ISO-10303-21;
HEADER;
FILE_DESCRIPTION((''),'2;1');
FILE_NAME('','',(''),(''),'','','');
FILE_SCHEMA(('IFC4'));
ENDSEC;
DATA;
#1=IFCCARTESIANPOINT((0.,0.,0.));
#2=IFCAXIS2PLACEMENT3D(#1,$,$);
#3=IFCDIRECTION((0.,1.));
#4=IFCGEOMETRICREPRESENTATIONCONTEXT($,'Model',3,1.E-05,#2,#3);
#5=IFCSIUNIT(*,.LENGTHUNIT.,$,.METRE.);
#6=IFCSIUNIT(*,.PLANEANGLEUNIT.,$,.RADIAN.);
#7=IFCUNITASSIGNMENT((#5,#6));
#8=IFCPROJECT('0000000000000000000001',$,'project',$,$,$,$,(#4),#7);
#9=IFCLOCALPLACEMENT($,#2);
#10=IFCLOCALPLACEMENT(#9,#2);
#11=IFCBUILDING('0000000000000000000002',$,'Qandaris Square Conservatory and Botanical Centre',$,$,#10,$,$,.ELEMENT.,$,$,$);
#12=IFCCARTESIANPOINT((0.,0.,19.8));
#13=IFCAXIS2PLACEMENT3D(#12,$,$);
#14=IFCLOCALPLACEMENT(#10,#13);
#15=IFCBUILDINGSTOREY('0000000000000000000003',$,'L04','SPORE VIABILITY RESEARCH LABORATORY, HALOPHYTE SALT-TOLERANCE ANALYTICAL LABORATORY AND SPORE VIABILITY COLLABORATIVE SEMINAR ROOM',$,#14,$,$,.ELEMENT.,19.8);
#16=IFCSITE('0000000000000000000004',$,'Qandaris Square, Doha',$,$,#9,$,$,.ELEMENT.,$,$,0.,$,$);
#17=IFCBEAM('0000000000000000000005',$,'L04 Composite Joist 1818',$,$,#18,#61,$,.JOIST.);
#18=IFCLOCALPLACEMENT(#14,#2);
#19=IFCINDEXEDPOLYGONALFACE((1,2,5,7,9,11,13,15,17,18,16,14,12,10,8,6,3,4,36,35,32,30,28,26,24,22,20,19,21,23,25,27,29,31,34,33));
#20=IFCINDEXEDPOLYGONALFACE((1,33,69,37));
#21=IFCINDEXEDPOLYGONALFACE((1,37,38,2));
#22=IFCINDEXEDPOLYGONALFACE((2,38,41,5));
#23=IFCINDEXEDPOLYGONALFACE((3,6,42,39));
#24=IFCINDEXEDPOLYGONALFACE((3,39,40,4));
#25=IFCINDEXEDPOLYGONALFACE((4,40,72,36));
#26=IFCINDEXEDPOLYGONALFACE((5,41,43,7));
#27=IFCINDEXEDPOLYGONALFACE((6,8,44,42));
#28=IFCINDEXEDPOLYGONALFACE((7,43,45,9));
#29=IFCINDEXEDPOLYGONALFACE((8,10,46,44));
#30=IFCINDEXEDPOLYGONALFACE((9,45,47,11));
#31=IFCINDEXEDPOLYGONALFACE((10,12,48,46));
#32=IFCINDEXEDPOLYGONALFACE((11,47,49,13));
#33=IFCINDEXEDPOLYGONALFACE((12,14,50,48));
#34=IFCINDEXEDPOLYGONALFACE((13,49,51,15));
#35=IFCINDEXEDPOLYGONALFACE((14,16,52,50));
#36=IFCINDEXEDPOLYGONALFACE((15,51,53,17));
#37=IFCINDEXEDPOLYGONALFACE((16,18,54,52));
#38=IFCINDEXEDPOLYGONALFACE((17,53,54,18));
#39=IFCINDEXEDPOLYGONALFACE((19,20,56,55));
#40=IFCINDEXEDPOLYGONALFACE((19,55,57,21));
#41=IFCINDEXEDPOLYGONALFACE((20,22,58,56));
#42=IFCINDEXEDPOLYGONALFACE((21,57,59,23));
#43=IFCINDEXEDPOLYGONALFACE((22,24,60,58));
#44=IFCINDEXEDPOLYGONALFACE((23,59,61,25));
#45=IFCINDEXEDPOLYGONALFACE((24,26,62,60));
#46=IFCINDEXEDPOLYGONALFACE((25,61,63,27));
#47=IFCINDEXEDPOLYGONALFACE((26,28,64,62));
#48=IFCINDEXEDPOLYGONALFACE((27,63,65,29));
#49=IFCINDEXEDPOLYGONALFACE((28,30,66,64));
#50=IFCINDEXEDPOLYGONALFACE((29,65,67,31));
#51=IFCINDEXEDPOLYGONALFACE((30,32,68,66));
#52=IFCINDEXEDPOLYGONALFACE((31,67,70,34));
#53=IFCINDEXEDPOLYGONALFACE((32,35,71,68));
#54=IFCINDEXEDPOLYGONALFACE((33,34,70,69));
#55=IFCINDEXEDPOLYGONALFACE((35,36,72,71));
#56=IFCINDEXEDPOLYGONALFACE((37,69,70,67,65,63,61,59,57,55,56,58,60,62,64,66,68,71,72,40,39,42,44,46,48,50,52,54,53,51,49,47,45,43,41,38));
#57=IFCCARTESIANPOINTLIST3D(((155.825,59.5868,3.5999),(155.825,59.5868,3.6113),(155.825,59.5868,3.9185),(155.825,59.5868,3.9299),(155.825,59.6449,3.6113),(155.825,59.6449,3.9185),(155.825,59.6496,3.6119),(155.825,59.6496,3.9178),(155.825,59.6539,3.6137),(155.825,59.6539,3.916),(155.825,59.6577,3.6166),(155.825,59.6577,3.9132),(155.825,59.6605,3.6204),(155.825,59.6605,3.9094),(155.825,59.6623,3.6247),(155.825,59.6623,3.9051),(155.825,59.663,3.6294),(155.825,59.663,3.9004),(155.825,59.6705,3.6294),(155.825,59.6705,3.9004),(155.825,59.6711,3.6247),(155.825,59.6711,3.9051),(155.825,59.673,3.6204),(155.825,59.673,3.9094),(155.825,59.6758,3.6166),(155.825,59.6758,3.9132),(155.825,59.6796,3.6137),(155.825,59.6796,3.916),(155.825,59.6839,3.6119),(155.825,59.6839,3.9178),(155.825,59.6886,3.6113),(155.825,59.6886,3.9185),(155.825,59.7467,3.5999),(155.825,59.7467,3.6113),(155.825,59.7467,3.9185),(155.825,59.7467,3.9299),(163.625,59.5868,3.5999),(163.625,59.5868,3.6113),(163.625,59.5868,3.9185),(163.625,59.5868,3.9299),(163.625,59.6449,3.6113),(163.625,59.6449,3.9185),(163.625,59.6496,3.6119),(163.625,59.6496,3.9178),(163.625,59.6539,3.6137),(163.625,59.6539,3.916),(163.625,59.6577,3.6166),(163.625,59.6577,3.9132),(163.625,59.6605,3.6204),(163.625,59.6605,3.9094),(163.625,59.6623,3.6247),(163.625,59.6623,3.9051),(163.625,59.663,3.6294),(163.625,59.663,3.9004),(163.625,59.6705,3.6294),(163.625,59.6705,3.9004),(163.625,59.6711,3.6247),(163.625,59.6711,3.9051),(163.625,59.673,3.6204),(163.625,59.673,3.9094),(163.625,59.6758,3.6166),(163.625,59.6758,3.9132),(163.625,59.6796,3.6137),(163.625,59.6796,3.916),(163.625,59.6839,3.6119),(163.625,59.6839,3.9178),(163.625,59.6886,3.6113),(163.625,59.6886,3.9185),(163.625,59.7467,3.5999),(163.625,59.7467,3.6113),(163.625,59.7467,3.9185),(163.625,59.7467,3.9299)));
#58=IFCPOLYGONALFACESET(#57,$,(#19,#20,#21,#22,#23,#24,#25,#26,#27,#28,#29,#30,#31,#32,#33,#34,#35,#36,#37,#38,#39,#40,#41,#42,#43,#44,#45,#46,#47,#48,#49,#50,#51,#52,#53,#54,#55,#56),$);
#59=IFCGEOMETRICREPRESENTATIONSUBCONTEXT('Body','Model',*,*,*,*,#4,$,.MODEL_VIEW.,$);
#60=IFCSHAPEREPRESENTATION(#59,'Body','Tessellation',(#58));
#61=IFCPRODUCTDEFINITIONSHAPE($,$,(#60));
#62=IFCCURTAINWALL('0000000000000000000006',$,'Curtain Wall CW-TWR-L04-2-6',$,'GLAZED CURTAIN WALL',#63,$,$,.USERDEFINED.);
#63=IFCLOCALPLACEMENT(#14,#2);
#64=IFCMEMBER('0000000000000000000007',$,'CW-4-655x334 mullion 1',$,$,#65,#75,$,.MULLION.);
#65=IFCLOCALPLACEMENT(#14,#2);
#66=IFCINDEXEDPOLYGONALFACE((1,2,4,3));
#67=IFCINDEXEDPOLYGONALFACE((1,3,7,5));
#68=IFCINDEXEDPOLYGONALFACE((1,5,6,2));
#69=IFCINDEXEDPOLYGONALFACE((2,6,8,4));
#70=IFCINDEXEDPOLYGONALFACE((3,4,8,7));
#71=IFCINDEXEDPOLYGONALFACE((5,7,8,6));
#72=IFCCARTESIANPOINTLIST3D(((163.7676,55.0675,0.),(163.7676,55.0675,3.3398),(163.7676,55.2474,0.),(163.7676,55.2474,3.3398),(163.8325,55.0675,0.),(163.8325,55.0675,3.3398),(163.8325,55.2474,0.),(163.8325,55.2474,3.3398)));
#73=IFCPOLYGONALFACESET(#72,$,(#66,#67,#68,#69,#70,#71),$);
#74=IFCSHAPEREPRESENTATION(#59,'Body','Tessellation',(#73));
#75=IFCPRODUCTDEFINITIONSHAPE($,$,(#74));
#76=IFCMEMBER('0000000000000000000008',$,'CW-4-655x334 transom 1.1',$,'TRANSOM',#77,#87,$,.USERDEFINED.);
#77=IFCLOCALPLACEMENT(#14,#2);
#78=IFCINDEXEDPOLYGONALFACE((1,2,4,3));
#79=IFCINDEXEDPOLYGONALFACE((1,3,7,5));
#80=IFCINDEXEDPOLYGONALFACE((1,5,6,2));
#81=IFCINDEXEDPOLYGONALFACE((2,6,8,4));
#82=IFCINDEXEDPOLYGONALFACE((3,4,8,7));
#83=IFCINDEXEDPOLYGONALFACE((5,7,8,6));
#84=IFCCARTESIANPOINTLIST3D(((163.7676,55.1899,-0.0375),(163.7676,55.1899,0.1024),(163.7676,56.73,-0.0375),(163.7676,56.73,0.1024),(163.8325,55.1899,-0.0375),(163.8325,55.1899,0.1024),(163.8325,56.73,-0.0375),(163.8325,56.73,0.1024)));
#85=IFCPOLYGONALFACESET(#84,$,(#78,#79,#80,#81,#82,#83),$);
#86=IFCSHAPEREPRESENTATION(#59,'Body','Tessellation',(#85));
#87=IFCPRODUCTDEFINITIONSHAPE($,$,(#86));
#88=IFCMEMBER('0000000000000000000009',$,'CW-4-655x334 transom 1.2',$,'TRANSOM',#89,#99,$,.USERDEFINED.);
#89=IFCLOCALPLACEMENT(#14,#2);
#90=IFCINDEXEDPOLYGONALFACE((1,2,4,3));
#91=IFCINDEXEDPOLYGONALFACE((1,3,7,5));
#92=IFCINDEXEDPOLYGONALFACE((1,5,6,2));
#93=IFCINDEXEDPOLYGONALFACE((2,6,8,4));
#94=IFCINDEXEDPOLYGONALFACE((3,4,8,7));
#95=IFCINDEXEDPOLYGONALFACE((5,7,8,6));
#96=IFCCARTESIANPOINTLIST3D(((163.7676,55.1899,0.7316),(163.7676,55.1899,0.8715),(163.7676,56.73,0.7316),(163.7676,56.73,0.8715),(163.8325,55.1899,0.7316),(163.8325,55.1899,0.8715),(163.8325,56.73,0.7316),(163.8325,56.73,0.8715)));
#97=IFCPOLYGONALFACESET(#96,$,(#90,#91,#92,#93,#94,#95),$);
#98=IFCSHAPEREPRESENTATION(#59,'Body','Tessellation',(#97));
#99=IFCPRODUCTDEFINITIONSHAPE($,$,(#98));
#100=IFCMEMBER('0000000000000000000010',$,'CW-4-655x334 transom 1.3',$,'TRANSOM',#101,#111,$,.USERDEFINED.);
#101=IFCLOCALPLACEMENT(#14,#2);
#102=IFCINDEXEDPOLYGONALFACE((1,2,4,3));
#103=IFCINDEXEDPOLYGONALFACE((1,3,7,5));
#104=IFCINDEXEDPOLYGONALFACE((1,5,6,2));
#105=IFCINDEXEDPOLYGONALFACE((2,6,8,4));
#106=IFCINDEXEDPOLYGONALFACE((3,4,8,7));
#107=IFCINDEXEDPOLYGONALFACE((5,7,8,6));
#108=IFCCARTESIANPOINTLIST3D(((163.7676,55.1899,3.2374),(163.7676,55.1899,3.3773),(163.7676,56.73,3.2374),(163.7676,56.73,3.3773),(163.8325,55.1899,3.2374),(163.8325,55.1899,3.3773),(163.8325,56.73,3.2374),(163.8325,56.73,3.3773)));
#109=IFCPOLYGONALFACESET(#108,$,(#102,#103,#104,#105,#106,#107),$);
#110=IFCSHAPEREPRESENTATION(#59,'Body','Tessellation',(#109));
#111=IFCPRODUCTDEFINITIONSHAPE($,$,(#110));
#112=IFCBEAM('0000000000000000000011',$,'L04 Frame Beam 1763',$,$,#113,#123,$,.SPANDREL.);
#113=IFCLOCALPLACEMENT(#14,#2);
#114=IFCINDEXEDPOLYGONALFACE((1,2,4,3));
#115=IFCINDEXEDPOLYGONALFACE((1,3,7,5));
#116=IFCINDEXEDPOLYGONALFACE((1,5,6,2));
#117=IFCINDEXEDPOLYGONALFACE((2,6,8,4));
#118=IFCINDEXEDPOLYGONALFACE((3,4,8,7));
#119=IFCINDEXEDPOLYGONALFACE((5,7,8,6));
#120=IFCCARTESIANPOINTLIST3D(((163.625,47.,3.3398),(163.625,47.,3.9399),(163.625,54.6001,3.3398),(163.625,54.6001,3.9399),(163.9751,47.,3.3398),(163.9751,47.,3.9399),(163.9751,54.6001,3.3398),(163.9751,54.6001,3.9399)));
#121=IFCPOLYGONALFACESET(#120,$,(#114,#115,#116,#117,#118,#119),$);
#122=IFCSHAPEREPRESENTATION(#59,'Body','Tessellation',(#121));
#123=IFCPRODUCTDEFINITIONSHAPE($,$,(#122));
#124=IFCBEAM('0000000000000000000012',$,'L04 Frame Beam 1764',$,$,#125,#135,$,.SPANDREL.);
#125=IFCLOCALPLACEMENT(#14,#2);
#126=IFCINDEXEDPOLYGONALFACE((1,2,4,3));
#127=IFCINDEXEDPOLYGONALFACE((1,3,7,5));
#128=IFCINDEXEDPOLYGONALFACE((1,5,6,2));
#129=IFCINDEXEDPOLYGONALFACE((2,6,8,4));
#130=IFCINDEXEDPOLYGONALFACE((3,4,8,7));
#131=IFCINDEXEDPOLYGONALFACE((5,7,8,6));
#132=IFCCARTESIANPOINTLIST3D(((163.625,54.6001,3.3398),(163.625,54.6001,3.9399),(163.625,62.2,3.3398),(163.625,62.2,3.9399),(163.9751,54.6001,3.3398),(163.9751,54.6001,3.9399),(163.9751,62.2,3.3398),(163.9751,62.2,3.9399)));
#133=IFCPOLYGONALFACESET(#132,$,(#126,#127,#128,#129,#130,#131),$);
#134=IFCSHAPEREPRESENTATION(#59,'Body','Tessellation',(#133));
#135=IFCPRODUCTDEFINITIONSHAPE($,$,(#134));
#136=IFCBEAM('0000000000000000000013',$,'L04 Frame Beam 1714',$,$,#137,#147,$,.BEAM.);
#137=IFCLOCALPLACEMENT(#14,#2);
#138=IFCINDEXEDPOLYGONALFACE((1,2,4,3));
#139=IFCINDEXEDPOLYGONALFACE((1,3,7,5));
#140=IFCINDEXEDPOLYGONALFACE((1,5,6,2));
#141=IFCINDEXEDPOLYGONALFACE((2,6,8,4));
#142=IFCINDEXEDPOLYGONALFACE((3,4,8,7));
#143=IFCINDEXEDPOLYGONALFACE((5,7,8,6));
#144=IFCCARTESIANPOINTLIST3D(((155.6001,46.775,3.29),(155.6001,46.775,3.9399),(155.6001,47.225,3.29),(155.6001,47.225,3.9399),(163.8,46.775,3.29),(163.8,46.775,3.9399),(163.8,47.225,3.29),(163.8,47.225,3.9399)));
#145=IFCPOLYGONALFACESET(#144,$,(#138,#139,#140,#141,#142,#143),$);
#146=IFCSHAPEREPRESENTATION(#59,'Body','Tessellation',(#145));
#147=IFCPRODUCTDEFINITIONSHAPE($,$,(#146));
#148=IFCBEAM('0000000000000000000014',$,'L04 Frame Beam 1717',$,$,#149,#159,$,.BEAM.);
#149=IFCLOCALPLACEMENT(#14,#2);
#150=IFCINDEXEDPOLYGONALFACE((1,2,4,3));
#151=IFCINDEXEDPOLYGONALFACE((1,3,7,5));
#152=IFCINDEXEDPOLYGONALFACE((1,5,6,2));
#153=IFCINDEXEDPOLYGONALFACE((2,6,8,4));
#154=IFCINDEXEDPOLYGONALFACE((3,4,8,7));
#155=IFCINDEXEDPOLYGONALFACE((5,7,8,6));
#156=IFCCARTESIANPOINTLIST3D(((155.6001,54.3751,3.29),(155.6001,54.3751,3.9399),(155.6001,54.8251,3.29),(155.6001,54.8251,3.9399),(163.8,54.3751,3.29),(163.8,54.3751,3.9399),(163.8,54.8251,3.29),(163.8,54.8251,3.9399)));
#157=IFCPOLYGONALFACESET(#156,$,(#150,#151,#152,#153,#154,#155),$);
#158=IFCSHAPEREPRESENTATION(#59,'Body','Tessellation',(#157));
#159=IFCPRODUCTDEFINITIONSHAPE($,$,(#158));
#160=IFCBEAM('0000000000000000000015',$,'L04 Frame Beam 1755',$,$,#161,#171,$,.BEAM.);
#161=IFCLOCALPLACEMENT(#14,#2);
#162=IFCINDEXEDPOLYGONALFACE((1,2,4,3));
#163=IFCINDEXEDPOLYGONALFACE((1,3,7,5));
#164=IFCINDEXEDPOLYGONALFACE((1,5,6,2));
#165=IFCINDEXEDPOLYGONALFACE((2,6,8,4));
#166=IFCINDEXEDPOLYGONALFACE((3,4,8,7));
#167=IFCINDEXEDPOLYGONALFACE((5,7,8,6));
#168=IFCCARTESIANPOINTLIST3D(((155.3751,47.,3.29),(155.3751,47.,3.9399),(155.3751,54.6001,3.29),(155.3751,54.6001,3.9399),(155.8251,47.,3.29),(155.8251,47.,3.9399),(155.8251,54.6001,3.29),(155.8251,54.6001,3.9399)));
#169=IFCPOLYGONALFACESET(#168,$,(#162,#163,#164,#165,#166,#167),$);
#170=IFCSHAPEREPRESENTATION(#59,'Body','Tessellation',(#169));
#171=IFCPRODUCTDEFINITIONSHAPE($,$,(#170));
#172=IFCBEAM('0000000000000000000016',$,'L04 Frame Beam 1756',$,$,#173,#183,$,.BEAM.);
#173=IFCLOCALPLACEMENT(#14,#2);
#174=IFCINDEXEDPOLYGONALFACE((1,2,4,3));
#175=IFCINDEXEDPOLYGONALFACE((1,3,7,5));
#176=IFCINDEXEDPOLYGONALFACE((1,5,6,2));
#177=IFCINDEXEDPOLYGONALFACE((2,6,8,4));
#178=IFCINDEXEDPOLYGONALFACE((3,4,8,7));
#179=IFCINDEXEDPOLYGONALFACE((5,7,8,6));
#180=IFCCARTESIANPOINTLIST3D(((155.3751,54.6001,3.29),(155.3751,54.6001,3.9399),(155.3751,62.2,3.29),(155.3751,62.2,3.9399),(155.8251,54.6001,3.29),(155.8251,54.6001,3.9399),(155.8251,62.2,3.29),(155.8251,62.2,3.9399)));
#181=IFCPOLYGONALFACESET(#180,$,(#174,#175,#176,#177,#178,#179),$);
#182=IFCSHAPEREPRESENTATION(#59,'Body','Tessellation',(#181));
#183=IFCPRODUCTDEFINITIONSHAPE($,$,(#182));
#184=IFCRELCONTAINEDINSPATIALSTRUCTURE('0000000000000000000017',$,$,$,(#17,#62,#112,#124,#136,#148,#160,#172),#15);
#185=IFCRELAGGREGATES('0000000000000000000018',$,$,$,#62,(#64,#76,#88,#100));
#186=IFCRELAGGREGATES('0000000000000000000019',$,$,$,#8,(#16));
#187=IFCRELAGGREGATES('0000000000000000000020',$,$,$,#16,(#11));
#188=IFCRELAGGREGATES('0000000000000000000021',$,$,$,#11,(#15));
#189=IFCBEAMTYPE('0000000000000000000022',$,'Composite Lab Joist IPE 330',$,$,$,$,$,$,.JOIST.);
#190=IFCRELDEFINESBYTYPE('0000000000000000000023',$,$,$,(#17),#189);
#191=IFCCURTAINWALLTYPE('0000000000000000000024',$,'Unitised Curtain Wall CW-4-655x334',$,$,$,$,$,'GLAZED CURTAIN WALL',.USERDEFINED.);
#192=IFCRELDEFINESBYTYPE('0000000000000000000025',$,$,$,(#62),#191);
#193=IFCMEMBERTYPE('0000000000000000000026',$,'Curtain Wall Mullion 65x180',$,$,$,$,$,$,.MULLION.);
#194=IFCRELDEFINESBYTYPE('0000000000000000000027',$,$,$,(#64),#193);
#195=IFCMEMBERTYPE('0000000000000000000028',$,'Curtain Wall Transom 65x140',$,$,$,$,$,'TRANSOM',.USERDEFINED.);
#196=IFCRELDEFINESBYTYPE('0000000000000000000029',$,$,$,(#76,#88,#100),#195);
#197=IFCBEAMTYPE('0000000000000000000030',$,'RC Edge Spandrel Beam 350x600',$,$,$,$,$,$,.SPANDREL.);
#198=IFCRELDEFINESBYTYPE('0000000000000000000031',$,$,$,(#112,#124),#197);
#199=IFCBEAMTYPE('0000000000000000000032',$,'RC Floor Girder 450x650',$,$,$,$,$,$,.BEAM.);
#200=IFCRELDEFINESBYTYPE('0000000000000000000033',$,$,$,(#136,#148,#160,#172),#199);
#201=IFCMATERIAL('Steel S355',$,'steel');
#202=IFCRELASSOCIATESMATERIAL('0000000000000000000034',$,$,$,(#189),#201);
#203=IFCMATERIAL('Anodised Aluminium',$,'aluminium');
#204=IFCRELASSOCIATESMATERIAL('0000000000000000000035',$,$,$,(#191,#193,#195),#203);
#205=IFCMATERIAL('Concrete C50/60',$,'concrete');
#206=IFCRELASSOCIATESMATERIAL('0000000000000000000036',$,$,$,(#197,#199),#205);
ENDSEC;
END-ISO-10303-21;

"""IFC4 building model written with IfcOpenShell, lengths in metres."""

from ifc_helpers import new_model, si_unit, direction, frame, origin, origin_2d, place, context, subcontext, project, spatial, rectangle, i_section, extrude, material, material_profile, profile_set, type_object, element, aggregate, save


model = new_model("IFC4")

# Units and contexts
model_context = context("Model", 3, precision=1e-05, world=origin(), true_north=direction((0.0, 1.0)))
body_context = subcontext(model_context, "Body", "Model", "MODEL_VIEW")
ifc_project = project(units=[si_unit("LENGTHUNIT", "METRE"), si_unit("PLANEANGLEUNIT", "RADIAN")], contexts=[model_context])

# Site, building, storey
site_placement = place(None, origin())
site = spatial("IfcSite", under=ifc_project, at=site_placement, Name="Qandaris Square, Doha", CompositionType="ELEMENT", RefElevation=0.0)
building_placement = place(site_placement, origin())
building = spatial("IfcBuilding", under=site, at=building_placement, Name="Qandaris Square Conservatory and Botanical Centre", CompositionType="ELEMENT")
storey_placement = place(building_placement, frame((0.0, 0.0, 19.8)))
storey = spatial("IfcBuildingStorey", under=building, at=storey_placement, Name="L04", Description="SPORE VIABILITY RESEARCH LABORATORY, HALOPHYTE SALT-TOLERANCE ANALYTICAL LABORATORY AND SPORE VIABILITY COLLABORATIVE SEMINAR ROOM", CompositionType="ELEMENT", Elevation=19.8)

# Shared definitions
ifc_material_1 = material(Name="Concrete C50/60", Category="concrete")

# Beam
ifc_material_2 = material(Name="Steel S355", Category="steel")
ifc_material_profile_1 = material_profile(ifc_material_2, i_section(OverallWidth=0.1599, OverallDepth=0.3301, WebThickness=0.0076, FlangeThickness=0.0115, FilletRadius=0.0181, at=origin_2d()), Name="IPE 330")
ifc_profile_set_1 = profile_set([ifc_material_profile_1], Name="Steel S355")
beam_type_1 = type_object("IfcBeamType", Name="Composite Lab Joist IPE 330", PredefinedType="JOIST", material=ifc_profile_set_1)
beam_1_placement = place(storey_placement, frame((155.825, 59.6667, 3.7649), z_axis=(1.0, 0.0, 0.0), x_axis=(0.0, 1.0, 0.0)))
element("IfcBeam", 1, at=beam_1_placement, inside=storey, type_object=beam_type_1, Name="L04 Composite Joist 1818", PredefinedType="JOIST", context=body_context, shape_type="SweptSolid", body=[
    extrude(i_section(OverallWidth=0.1599, OverallDepth=0.3301, WebThickness=0.0076, FlangeThickness=0.0115, FilletRadius=0.0181, at=origin_2d()), origin(), (0.0, 0.0, 1.0), 7.8),
])

# Curtain wall, members
ifc_material_3 = material(Name="Anodised Aluminium", Category="aluminium")
curtain_wall_type = type_object("IfcCurtainWallType", Name="Unitised Curtain Wall CW-4-655x334", ElementType="GLAZED CURTAIN WALL", PredefinedType="USERDEFINED", material=ifc_material_3)
curtain_wall_placement = place(storey_placement, origin())
curtain_wall = element("IfcCurtainWall", 2, at=curtain_wall_placement, inside=storey, type_object=curtain_wall_type, Name="Curtain Wall CW-TWR-L04-2-6", ObjectType="GLAZED CURTAIN WALL", PredefinedType="USERDEFINED")
ifc_material_profile_2 = material_profile(ifc_material_3, rectangle(XDim=0.0649, YDim=0.1799, at=origin_2d()), Name="ALU-MUL 65x180")
ifc_profile_set_2 = profile_set([ifc_material_profile_2], Name="Anodised Aluminium")
member_type_1 = type_object("IfcMemberType", Name="Curtain Wall Mullion 65x180", PredefinedType="MULLION", material=ifc_profile_set_2)
member_1_placement = place(storey_placement, frame((163.8, 55.1575, 0.0), z_axis=(0.0, 0.0, 1.0), x_axis=(-1.0, 0.0, 0.0)))
member_1 = element("IfcMember", 3, at=member_1_placement, type_object=member_type_1, Name="CW-4-655x334 mullion 1", PredefinedType="MULLION", context=body_context, shape_type="SweptSolid", body=[
    extrude(rectangle(XDim=0.0649, YDim=0.1799, at=origin_2d()), origin(), (0.0, 0.0, 1.0), 3.3398),
])
ifc_material_profile_3 = material_profile(ifc_material_3, rectangle(XDim=0.0649, YDim=0.1399, at=origin_2d()), Name="ALU-TRN 65x140")
ifc_profile_set_3 = profile_set([ifc_material_profile_3], Name="Anodised Aluminium")
member_type_2 = type_object("IfcMemberType", Name="Curtain Wall Transom 65x140", ElementType="TRANSOM", PredefinedType="USERDEFINED", material=ifc_profile_set_3)
member_2_placement = place(storey_placement, frame((163.8, 55.1899, 0.0325), z_axis=(0.0, 1.0, 0.0), x_axis=(-1.0, 0.0, 0.0)))
member_2 = element("IfcMember", 4, at=member_2_placement, type_object=member_type_2, Name="CW-4-655x334 transom 1.1", ObjectType="TRANSOM", PredefinedType="USERDEFINED", context=body_context, shape_type="SweptSolid", body=[
    extrude(rectangle(XDim=0.0649, YDim=0.1399, at=origin_2d()), origin(), (0.0, 0.0, 1.0), 1.54),
])
member_3_placement = place(storey_placement, frame((163.8, 55.1899, 0.8015), z_axis=(0.0, 1.0, 0.0), x_axis=(-1.0, 0.0, 0.0)))
member_3 = element("IfcMember", 5, at=member_3_placement, type_object=member_type_2, Name="CW-4-655x334 transom 1.2", ObjectType="TRANSOM", PredefinedType="USERDEFINED", context=body_context, shape_type="SweptSolid", body=[
    extrude(rectangle(XDim=0.0649, YDim=0.1399, at=origin_2d()), origin(), (0.0, 0.0, 1.0), 1.54),
])
member_4_placement = place(storey_placement, frame((163.8, 55.1899, 3.3074), z_axis=(0.0, 1.0, 0.0), x_axis=(-1.0, 0.0, 0.0)))
member_4 = element("IfcMember", 6, at=member_4_placement, type_object=member_type_2, Name="CW-4-655x334 transom 1.3", ObjectType="TRANSOM", PredefinedType="USERDEFINED", context=body_context, shape_type="SweptSolid", body=[
    extrude(rectangle(XDim=0.0649, YDim=0.1399, at=origin_2d()), origin(), (0.0, 0.0, 1.0), 1.54),
])

# Beams
ifc_material_profile_4 = material_profile(ifc_material_1, rectangle(XDim=0.3501, YDim=0.6001, at=origin_2d()), Name="RC-SP 350x600")
ifc_profile_set_4 = profile_set([ifc_material_profile_4], Name="Concrete C50/60")
beam_type_2 = type_object("IfcBeamType", Name="RC Edge Spandrel Beam 350x600", PredefinedType="SPANDREL", material=ifc_profile_set_4)
beam_2_placement = place(storey_placement, frame((163.8, 47.0, 3.6399), z_axis=(0.0, 1.0, 0.0), x_axis=(-1.0, 0.0, 0.0)))
element("IfcBeam", 7, at=beam_2_placement, inside=storey, type_object=beam_type_2, Name="L04 Frame Beam 1763", PredefinedType="SPANDREL", context=body_context, shape_type="SweptSolid", body=[
    extrude(rectangle(XDim=0.3501, YDim=0.6001, at=origin_2d()), origin(), (0.0, 0.0, 1.0), 7.6001),
])
beam_3_placement = place(storey_placement, frame((163.8, 54.6001, 3.6399), z_axis=(0.0, 1.0, 0.0), x_axis=(-1.0, 0.0, 0.0)))
element("IfcBeam", 8, at=beam_3_placement, inside=storey, type_object=beam_type_2, Name="L04 Frame Beam 1764", PredefinedType="SPANDREL", context=body_context, shape_type="SweptSolid", body=[
    extrude(rectangle(XDim=0.3501, YDim=0.6001, at=origin_2d()), origin(), (0.0, 0.0, 1.0), 7.5999),
])
ifc_material_profile_5 = material_profile(ifc_material_1, rectangle(XDim=0.45, YDim=0.6499, at=origin_2d()), Name="RC-BM 450x650")
ifc_profile_set_5 = profile_set([ifc_material_profile_5], Name="Concrete C50/60")
beam_type_3 = type_object("IfcBeamType", Name="RC Floor Girder 450x650", PredefinedType="BEAM", material=ifc_profile_set_5)
for number, where, z_axis, x_axis, name in (
    (9, (155.6001, 47.0, 3.615), (1.0, 0.0, 0.0), (0.0, 1.0, 0.0), "L04 Frame Beam 1714"),
    (10, (155.6001, 54.6001, 3.615), (1.0, 0.0, 0.0), (0.0, 1.0, 0.0), "L04 Frame Beam 1717"),
):
    element("IfcBeam", number, at=place(storey_placement, frame(where, z_axis=z_axis, x_axis=x_axis)), inside=storey, type_object=beam_type_3, Name=name, PredefinedType="BEAM", context=body_context, shape_type="SweptSolid", body=[
        extrude(rectangle(XDim=0.45, YDim=0.6499, at=origin_2d()), origin(), (0.0, 0.0, 1.0), 8.2),
    ])
beam_4_placement = place(storey_placement, frame((155.6001, 47.0, 3.615), z_axis=(0.0, 1.0, 0.0), x_axis=(-1.0, 0.0, 0.0)))
element("IfcBeam", 11, at=beam_4_placement, inside=storey, type_object=beam_type_3, Name="L04 Frame Beam 1755", PredefinedType="BEAM", context=body_context, shape_type="SweptSolid", body=[
    extrude(rectangle(XDim=0.45, YDim=0.6499, at=origin_2d()), origin(), (0.0, 0.0, 1.0), 7.6001),
])
beam_5_placement = place(storey_placement, frame((155.6001, 54.6001, 3.615), z_axis=(0.0, 1.0, 0.0), x_axis=(-1.0, 0.0, 0.0)))
element("IfcBeam", 12, at=beam_5_placement, inside=storey, type_object=beam_type_3, Name="L04 Frame Beam 1756", PredefinedType="BEAM", context=body_context, shape_type="SweptSolid", body=[
    extrude(rectangle(XDim=0.45, YDim=0.6499, at=origin_2d()), origin(), (0.0, 0.0, 1.0), 7.5999),
])

aggregate(curtain_wall, [member_1, member_2, member_3, member_4])

save(model, "model.ifc")
